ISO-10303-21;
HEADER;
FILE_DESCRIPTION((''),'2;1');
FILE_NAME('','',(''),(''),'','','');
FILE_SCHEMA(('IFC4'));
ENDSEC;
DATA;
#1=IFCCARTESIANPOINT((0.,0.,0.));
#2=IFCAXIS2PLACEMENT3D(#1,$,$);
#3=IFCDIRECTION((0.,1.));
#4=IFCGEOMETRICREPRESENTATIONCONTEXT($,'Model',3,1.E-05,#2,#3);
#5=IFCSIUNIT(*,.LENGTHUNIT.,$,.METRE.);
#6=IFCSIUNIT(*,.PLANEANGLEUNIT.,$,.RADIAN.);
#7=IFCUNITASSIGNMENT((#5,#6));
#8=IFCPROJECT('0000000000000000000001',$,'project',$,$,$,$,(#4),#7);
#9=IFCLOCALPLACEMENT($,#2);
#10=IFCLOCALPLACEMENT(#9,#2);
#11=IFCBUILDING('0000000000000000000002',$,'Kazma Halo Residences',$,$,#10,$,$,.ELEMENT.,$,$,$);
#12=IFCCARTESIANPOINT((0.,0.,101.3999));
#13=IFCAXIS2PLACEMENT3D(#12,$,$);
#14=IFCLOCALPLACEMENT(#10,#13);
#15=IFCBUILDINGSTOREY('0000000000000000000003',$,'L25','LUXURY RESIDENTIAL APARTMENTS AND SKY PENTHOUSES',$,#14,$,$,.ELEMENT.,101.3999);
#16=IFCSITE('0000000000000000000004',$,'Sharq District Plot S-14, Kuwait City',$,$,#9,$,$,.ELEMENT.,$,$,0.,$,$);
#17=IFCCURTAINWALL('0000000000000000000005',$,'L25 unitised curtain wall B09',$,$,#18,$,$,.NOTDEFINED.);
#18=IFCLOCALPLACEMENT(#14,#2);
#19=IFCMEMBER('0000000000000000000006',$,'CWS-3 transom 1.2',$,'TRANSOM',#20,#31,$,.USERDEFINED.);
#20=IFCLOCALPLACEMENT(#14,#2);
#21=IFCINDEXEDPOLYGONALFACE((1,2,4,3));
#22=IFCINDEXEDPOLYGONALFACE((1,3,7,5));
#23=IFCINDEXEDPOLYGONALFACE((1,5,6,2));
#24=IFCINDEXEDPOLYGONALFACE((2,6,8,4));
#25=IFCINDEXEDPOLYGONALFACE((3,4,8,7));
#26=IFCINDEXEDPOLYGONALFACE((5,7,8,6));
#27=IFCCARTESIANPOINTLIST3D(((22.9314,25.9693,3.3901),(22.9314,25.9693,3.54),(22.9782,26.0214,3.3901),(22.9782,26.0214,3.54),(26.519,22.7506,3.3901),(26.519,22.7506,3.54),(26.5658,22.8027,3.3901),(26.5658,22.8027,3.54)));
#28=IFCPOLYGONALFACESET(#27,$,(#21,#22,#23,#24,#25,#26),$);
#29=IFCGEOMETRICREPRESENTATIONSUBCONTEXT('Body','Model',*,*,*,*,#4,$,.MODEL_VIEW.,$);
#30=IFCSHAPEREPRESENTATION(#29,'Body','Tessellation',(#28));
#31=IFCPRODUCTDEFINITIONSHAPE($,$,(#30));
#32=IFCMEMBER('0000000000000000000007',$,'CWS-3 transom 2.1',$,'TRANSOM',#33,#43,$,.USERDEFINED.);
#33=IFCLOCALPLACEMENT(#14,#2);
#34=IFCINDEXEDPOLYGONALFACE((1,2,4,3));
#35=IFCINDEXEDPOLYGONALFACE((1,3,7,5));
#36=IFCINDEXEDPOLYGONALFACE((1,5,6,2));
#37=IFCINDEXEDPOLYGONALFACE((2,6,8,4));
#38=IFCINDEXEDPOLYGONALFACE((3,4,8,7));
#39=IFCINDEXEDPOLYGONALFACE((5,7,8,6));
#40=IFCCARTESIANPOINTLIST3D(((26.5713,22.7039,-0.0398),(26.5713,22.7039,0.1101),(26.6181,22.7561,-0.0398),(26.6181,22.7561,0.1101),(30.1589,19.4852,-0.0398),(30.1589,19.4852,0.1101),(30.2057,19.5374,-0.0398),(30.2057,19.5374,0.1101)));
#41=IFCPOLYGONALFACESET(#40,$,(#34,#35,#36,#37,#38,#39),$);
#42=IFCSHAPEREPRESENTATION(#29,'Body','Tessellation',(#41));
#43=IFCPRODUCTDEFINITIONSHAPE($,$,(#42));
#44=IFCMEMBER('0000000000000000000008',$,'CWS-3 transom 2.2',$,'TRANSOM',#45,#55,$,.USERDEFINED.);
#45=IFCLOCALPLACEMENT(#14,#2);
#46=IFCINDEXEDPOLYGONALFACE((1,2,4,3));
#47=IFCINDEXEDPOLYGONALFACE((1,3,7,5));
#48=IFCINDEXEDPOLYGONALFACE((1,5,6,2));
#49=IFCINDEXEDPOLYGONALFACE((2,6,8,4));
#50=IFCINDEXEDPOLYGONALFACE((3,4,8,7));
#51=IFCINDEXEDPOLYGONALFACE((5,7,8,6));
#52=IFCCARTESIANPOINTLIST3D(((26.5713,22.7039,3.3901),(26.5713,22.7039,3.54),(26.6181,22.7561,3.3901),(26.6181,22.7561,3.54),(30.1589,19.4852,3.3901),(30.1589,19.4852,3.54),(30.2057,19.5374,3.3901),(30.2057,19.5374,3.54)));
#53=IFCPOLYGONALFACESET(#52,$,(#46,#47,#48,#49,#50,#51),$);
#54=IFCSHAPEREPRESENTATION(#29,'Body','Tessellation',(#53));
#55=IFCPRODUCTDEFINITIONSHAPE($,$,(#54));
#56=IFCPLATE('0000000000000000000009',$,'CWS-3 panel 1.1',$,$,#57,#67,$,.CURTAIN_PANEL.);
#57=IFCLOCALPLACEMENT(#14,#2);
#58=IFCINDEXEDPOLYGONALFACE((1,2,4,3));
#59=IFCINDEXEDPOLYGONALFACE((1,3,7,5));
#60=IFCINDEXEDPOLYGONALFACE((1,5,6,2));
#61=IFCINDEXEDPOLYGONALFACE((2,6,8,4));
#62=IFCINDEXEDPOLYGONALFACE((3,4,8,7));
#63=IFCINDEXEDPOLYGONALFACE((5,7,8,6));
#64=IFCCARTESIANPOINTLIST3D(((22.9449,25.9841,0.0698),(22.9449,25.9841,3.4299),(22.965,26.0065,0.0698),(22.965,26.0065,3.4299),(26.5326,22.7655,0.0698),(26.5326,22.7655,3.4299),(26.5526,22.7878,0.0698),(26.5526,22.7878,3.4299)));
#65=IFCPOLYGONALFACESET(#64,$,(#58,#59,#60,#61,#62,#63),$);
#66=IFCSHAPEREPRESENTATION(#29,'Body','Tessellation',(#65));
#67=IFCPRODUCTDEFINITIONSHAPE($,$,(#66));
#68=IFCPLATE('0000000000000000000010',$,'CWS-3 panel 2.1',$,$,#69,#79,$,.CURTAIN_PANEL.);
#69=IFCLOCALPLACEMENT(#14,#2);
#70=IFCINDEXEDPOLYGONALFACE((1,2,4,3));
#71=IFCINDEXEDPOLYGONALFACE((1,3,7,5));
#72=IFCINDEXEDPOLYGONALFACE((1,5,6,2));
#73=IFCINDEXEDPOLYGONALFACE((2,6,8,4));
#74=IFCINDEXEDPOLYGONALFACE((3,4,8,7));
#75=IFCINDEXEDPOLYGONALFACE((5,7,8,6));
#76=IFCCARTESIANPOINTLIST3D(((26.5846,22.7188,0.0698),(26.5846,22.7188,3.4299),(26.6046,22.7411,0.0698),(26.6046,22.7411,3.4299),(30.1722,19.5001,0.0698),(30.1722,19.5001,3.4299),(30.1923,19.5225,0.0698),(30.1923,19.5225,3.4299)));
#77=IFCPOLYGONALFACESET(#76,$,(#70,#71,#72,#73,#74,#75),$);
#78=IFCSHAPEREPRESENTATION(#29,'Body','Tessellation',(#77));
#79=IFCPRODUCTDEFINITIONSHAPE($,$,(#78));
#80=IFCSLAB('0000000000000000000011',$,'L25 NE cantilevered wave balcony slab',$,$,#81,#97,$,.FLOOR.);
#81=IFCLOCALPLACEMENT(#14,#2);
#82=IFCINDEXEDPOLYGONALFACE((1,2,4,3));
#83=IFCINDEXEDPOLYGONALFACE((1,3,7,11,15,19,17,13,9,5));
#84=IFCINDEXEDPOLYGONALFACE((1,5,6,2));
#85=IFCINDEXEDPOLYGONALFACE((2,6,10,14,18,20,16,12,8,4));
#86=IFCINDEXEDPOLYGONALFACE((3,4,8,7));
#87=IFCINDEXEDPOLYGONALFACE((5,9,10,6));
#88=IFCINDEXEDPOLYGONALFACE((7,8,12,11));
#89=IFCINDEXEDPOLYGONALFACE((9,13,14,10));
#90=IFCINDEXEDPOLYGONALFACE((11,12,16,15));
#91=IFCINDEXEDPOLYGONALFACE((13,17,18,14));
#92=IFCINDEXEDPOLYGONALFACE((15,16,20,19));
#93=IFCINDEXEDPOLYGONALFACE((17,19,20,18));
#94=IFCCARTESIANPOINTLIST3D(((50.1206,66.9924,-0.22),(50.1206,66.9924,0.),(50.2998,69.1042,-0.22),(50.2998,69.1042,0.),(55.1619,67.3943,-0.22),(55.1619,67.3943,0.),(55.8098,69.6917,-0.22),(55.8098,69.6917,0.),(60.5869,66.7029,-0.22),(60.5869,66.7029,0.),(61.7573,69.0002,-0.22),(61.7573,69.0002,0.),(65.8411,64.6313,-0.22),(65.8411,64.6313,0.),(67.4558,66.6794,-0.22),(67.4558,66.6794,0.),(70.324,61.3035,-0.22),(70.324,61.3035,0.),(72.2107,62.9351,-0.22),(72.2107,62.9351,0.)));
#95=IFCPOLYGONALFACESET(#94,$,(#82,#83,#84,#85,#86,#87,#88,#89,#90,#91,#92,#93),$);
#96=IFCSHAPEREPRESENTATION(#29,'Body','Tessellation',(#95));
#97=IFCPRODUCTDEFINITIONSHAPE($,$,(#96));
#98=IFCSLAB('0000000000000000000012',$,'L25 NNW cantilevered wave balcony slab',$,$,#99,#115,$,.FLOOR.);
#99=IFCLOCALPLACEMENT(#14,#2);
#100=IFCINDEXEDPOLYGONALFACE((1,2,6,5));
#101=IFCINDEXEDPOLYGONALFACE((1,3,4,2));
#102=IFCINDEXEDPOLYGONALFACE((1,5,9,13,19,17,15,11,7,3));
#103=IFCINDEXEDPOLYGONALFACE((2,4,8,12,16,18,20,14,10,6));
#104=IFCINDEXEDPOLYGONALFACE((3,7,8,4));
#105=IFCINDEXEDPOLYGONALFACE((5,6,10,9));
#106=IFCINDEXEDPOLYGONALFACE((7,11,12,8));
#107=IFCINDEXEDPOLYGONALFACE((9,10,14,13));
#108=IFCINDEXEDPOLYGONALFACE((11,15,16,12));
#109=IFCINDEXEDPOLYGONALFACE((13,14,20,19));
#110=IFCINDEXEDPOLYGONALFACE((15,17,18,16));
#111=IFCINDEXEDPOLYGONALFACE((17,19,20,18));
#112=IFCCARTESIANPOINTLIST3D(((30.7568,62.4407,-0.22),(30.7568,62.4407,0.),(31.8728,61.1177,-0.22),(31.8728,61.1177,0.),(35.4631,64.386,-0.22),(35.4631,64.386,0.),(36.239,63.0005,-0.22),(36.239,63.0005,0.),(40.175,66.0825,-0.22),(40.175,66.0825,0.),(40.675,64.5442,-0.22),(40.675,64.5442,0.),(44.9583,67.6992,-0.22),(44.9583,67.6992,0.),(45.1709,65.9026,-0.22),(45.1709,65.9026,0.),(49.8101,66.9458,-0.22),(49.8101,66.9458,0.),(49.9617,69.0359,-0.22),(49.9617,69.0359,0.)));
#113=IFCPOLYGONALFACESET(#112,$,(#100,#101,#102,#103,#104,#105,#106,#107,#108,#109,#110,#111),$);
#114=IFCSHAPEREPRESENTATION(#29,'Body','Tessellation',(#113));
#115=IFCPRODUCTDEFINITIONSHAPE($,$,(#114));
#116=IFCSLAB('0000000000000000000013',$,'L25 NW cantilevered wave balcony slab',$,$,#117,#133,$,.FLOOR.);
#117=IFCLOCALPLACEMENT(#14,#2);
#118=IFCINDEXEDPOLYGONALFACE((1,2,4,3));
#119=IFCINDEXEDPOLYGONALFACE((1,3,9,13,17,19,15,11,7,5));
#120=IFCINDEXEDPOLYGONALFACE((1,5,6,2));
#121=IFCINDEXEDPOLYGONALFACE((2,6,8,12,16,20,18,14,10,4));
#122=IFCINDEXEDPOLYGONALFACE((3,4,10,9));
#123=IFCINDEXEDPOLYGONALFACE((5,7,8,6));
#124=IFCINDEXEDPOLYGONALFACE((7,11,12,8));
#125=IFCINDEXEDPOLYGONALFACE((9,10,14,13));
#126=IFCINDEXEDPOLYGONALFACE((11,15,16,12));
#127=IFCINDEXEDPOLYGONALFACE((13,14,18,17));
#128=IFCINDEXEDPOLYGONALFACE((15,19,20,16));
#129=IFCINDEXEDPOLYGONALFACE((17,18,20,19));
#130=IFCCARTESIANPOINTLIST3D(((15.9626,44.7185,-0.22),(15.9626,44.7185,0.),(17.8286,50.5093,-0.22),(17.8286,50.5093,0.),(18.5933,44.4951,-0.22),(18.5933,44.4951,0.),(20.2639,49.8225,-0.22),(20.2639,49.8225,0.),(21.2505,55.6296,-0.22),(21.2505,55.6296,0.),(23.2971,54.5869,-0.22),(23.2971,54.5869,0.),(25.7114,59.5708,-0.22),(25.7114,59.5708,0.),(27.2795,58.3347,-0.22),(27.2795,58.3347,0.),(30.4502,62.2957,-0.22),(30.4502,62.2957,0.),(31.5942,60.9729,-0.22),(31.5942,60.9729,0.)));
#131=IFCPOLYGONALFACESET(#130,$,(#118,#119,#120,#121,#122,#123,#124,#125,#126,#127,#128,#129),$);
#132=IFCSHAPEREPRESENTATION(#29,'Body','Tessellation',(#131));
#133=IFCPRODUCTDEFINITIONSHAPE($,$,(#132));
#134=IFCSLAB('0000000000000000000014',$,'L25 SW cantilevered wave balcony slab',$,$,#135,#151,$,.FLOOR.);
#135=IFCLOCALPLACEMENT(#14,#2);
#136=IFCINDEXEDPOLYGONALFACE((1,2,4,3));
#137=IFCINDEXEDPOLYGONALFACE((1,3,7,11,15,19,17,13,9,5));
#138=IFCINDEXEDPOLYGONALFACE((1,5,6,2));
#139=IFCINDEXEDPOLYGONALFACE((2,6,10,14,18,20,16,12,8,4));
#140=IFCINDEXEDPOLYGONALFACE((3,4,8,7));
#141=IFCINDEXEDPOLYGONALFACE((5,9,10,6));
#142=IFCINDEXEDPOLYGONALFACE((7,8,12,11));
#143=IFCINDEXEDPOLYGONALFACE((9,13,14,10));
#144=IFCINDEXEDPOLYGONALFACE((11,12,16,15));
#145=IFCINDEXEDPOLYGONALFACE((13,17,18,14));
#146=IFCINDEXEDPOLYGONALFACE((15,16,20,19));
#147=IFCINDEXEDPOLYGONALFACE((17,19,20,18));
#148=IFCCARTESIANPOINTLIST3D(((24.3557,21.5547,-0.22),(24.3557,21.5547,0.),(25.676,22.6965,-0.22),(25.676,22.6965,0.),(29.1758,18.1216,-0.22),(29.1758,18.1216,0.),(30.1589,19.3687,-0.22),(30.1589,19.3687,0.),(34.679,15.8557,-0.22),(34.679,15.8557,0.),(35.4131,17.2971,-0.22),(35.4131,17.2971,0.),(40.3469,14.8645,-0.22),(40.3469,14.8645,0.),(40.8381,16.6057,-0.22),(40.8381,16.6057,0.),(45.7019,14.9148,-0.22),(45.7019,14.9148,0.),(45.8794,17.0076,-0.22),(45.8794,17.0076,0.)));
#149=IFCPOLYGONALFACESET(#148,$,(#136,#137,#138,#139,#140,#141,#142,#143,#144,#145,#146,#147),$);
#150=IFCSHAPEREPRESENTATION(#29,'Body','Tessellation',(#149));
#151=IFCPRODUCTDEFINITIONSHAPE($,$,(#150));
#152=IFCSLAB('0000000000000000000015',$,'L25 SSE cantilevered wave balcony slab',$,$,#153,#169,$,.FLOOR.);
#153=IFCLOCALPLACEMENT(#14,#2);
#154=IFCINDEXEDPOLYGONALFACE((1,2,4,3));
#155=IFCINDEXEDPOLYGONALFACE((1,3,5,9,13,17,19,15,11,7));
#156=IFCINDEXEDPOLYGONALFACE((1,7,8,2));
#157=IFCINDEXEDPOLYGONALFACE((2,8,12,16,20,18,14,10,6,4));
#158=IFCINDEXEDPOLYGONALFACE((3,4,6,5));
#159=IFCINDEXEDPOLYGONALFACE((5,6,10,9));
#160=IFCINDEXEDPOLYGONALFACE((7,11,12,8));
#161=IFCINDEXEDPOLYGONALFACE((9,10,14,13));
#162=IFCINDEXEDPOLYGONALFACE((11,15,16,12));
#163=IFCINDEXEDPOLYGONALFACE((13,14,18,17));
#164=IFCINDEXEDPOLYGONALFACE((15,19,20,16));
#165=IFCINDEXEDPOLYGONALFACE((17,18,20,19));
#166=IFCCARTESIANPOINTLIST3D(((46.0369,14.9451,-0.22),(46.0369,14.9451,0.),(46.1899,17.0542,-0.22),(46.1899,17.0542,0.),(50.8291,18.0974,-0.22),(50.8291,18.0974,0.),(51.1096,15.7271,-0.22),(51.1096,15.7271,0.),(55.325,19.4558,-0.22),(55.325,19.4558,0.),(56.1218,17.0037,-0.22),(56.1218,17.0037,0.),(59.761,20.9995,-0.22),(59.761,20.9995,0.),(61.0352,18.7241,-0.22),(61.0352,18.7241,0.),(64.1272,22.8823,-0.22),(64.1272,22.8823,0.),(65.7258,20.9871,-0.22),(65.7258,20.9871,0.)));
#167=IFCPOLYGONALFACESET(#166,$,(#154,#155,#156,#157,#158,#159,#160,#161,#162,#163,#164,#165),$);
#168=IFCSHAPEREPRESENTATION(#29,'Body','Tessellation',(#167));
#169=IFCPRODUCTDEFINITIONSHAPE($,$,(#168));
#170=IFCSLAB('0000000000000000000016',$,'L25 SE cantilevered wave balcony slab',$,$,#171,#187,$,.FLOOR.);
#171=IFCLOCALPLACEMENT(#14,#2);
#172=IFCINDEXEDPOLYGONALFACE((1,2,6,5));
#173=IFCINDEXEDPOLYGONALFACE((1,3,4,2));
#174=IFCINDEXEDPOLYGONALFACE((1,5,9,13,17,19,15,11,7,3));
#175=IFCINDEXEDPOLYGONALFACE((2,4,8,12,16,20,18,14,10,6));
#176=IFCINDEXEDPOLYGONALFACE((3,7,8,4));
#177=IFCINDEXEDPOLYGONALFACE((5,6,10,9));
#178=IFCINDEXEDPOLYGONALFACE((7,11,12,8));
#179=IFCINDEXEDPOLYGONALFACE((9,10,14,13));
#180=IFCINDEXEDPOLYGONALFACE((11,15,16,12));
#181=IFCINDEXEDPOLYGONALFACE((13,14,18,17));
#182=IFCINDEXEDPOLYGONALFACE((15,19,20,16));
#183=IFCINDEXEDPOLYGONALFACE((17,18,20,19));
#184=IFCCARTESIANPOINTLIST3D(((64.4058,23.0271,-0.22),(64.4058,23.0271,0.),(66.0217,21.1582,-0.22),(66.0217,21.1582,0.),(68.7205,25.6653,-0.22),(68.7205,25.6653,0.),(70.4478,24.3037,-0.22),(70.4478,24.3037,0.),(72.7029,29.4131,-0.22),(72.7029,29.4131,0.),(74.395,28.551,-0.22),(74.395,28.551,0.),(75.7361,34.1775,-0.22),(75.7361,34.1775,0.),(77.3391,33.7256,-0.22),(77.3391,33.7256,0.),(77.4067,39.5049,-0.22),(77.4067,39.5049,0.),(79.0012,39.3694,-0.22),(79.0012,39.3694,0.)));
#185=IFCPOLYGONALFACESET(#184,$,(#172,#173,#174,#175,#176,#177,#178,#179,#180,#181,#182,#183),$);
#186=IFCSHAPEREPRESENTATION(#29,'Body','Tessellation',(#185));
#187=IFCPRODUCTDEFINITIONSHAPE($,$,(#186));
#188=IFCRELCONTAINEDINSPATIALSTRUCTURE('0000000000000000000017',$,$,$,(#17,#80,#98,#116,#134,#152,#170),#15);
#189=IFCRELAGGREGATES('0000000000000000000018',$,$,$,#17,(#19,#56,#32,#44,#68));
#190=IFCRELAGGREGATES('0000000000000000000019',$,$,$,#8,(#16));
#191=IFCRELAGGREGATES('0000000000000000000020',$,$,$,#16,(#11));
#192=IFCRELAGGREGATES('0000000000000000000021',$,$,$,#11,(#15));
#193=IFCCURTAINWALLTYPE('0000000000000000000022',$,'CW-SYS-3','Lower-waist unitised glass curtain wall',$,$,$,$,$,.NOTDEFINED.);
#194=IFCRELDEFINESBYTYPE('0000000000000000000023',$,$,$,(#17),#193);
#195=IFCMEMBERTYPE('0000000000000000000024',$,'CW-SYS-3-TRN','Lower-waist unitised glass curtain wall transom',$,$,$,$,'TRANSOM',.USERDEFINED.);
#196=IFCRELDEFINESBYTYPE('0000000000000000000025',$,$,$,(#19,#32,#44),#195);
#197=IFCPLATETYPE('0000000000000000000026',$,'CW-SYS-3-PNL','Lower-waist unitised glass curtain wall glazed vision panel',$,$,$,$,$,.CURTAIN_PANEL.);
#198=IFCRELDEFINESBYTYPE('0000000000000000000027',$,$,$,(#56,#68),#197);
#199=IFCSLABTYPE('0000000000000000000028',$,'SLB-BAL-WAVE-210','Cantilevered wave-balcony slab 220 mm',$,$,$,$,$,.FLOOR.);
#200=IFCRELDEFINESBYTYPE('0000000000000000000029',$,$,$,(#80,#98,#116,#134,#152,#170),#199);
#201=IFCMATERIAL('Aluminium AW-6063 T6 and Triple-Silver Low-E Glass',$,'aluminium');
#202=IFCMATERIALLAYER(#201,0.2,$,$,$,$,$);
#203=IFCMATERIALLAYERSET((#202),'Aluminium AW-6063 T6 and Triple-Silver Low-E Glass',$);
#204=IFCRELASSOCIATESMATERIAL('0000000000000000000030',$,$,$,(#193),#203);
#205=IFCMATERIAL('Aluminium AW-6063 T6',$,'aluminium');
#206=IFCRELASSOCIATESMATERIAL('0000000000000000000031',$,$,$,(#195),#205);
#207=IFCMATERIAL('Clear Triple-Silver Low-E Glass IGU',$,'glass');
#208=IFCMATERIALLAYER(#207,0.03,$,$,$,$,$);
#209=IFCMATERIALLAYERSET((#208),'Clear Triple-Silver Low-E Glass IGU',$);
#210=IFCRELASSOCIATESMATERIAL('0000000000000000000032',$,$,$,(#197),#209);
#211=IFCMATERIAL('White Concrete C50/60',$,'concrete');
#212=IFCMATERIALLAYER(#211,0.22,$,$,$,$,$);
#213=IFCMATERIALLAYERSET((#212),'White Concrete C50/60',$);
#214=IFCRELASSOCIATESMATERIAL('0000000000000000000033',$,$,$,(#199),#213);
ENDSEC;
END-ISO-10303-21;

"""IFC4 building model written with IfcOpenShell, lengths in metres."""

from ifc_helpers import new_model, si_unit, direction, frame, origin, origin_2d, place, context, subcontext, project, spatial, polyline, rectangle, outline, extrude, material, layer, layer_set, material_profile, profile_set, type_object, element, aggregate, save


model = new_model("IFC4")

# Units and contexts
model_context = context("Model", 3, precision=1e-05, world=origin(), true_north=direction((0.0, 1.0)))
body_context = subcontext(model_context, "Body", "Model", "MODEL_VIEW")
ifc_project = project(units=[si_unit("LENGTHUNIT", "METRE"), si_unit("PLANEANGLEUNIT", "RADIAN")], contexts=[model_context])

# Site, building, storey
site_placement = place(None, origin())
site = spatial("IfcSite", under=ifc_project, at=site_placement, Name="Sharq District Plot S-14, Kuwait City", CompositionType="ELEMENT", RefElevation=0.0)
building_placement = place(site_placement, origin())
building = spatial("IfcBuilding", under=site, at=building_placement, Name="Kazma Halo Residences", CompositionType="ELEMENT")
storey_placement = place(building_placement, frame((0.0, 0.0, 101.3999)))
storey = spatial("IfcBuildingStorey", under=building, at=storey_placement, Name="L25", Description="LUXURY RESIDENTIAL APARTMENTS AND SKY PENTHOUSES", CompositionType="ELEMENT", Elevation=101.3999)

# Curtain wall, members, plates
ifc_material_1 = material(Name="Aluminium AW-6063 T6 and Triple-Silver Low-E Glass", Category="aluminium")
ifc_layer_1 = layer(ifc_material_1, 0.2)
ifc_layer_set_1 = layer_set([ifc_layer_1], Name="Aluminium AW-6063 T6 and Triple-Silver Low-E Glass")
curtain_wall_type = type_object("IfcCurtainWallType", Name="CW-SYS-3", Description="Lower-waist unitised glass curtain wall", PredefinedType="NOTDEFINED", material=ifc_layer_set_1)
curtain_wall_placement = place(storey_placement, origin())
curtain_wall = element("IfcCurtainWall", 1, at=curtain_wall_placement, inside=storey, type_object=curtain_wall_type, Name="L25 unitised curtain wall B09", PredefinedType="NOTDEFINED")
ifc_material_2 = material(Name="Aluminium AW-6063 T6", Category="aluminium")
ifc_material_profile_1 = material_profile(ifc_material_2, rectangle(XDim=0.0701, YDim=0.1499, at=origin_2d()), Name="CWT-70x150")
ifc_profile_set_1 = profile_set([ifc_material_profile_1], Name="Aluminium AW-6063 T6")
member_type_1 = type_object("IfcMemberType", Name="CW-SYS-3-TRN", Description="Lower-waist unitised glass curtain wall transom", ElementType="TRANSOM", PredefinedType="USERDEFINED", material=ifc_profile_set_1)
member_1_placement = place(storey_placement, frame((22.9548, 25.9954, 3.4651), z_axis=(0.744338, -0.667803, 0.0), x_axis=(0.667803, 0.744338, 0.0)))
member_1 = element("IfcMember", 2, at=member_1_placement, type_object=member_type_1, Name="CWS-3 transom 1.2", ObjectType="TRANSOM", PredefinedType="USERDEFINED", context=body_context, shape_type="SweptSolid", body=[
    extrude(rectangle(XDim=0.0701, YDim=0.1499, at=origin_2d()), origin(), (0.0, 0.0, 1.0), 4.8198),
])
member_2_placement = place(storey_placement, frame((26.5947, 22.73, 0.0352), z_axis=(0.744338, -0.667803, 0.0), x_axis=(0.667803, 0.744338, 0.0)))
member_2 = element("IfcMember", 3, at=member_2_placement, type_object=member_type_1, Name="CWS-3 transom 2.1", ObjectType="TRANSOM", PredefinedType="USERDEFINED", context=body_context, shape_type="SweptSolid", body=[
    extrude(rectangle(XDim=0.0701, YDim=0.1499, at=origin_2d()), origin(), (0.0, 0.0, 1.0), 4.8198),
])
member_3_placement = place(storey_placement, frame((26.5947, 22.73, 3.4651), z_axis=(0.744338, -0.667803, 0.0), x_axis=(0.667803, 0.744338, 0.0)))
member_3 = element("IfcMember", 4, at=member_3_placement, type_object=member_type_1, Name="CWS-3 transom 2.2", ObjectType="TRANSOM", PredefinedType="USERDEFINED", context=body_context, shape_type="SweptSolid", body=[
    extrude(rectangle(XDim=0.0701, YDim=0.1499, at=origin_2d()), origin(), (0.0, 0.0, 1.0), 4.8198),
])
ifc_material_3 = material(Name="Clear Triple-Silver Low-E Glass IGU", Category="glass")
ifc_layer_2 = layer(ifc_material_3, 0.03)
ifc_layer_set_2 = layer_set([ifc_layer_2], Name="Clear Triple-Silver Low-E Glass IGU")
plate_type = type_object("IfcPlateType", Name="CW-SYS-3-PNL", Description="Lower-waist unitised glass curtain wall glazed vision panel", PredefinedType="CURTAIN_PANEL", material=ifc_layer_set_2)
plate_1_placement = place(storey_placement, frame((24.7488, 24.386, 0.0698), z_axis=(0.0, 0.0, 1.0), x_axis=(0.744345, -0.667795, 0.0)))
plate_1 = element("IfcPlate", 5, at=plate_1_placement, type_object=plate_type, Name="CWS-3 panel 1.1", PredefinedType="CURTAIN_PANEL", context=body_context, shape_type="SweptSolid", body=[
    extrude(rectangle(XDim=4.8198, YDim=0.03, at=origin_2d()), origin(), (0.0, 0.0, 1.0), 3.3601),
])
plate_2_placement = place(storey_placement, frame((28.3884, 21.1206, 0.0698), z_axis=(0.0, 0.0, 1.0), x_axis=(0.744345, -0.667795, 0.0)))
plate_2 = element("IfcPlate", 6, at=plate_2_placement, type_object=plate_type, Name="CWS-3 panel 2.1", PredefinedType="CURTAIN_PANEL", context=body_context, shape_type="SweptSolid", body=[
    extrude(rectangle(XDim=4.8198, YDim=0.03, at=origin_2d()), origin(), (0.0, 0.0, 1.0), 3.3601),
])
aggregate(curtain_wall, [member_1, plate_1, member_2, member_3, plate_2])

# Slabs
ifc_material_4 = material(Name="White Concrete C50/60", Category="concrete")
ifc_layer_3 = layer(ifc_material_4, 0.22)
ifc_layer_set_3 = layer_set([ifc_layer_3], Name="White Concrete C50/60")
slab_type_1 = type_object("IfcSlabType", Name="SLB-BAL-WAVE-210", Description="Cantilevered wave-balcony slab 220 mm", PredefinedType="FLOOR", material=ifc_layer_set_3)
slab_1_placement = place(storey_placement, frame((0.0, 0.0, -0.22)))
element("IfcSlab", 7, at=slab_1_placement, inside=storey, type_object=slab_type_1, Name="L25 NE cantilevered wave balcony slab", PredefinedType="FLOOR", context=body_context, shape_type="SweptSolid", body=[
    extrude(outline(polyline([(70.324, 61.3035), (65.8411, 64.6313), (60.5869, 66.7029), (55.1619, 67.3943), (50.1206, 66.9924), (50.2998, 69.1042), (55.8098, 69.6917), (61.7573, 69.0002), (67.4558, 66.6794), (72.2107, 62.9351), (70.324, 61.3035)])), origin(), (0.0, 0.0, 1.0), 0.22),
])
slab_2_placement = place(storey_placement, frame((0.0, 0.0, -0.22)))
element("IfcSlab", 8, at=slab_2_placement, inside=storey, type_object=slab_type_1, Name="L25 NNW cantilevered wave balcony slab", PredefinedType="FLOOR", context=body_context, shape_type="SweptSolid", body=[
    extrude(outline(polyline([(49.8101, 66.9458), (45.1709, 65.9026), (40.675, 64.5442), (36.239, 63.0005), (31.8728, 61.1177), (30.7568, 62.4407), (35.4631, 64.386), (40.175, 66.0825), (44.9583, 67.6992), (49.9617, 69.0359), (49.8101, 66.9458)])), origin(), (0.0, 0.0, 1.0), 0.22),
])
slab_3_placement = place(storey_placement, frame((0.0, 0.0, -0.22)))
element("IfcSlab", 9, at=slab_3_placement, inside=storey, type_object=slab_type_1, Name="L25 NW cantilevered wave balcony slab", PredefinedType="FLOOR", context=body_context, shape_type="SweptSolid", body=[
    extrude(outline(polyline([(31.5942, 60.9729), (27.2795, 58.3347), (23.2971, 54.5869), (20.2639, 49.8225), (18.5933, 44.4951), (15.9626, 44.7185), (17.8286, 50.5093), (21.2505, 55.6296), (25.7114, 59.5708), (30.4502, 62.2957), (31.5942, 60.9729)])), origin(), (0.0, 0.0, 1.0), 0.22),
])
slab_4_placement = place(storey_placement, frame((0.0, 0.0, -0.22)))
element("IfcSlab", 10, at=slab_4_placement, inside=storey, type_object=slab_type_1, Name="L25 SW cantilevered wave balcony slab", PredefinedType="FLOOR", context=body_context, shape_type="SweptSolid", body=[
    extrude(outline(polyline([(25.676, 22.6965), (30.1589, 19.3687), (35.4131, 17.2971), (40.8381, 16.6057), (45.8794, 17.0076), (45.7019, 14.9148), (40.3469, 14.8645), (34.679, 15.8557), (29.1758, 18.1216), (24.3557, 21.5547), (25.676, 22.6965)])), origin(), (0.0, 0.0, 1.0), 0.22),
])
slab_5_placement = place(storey_placement, frame((0.0, 0.0, -0.22)))
element("IfcSlab", 11, at=slab_5_placement, inside=storey, type_object=slab_type_1, Name="L25 SSE cantilevered wave balcony slab", PredefinedType="FLOOR", context=body_context, shape_type="SweptSolid", body=[
    extrude(outline(polyline([(46.1899, 17.0542), (50.8291, 18.0974), (55.325, 19.4558), (59.761, 20.9995), (64.1272, 22.8823), (65.7258, 20.9871), (61.0352, 18.7241), (56.1218, 17.0037), (51.1096, 15.7271), (46.0369, 14.9451), (46.1899, 17.0542)])), origin(), (0.0, 0.0, 1.0), 0.22),
])
slab_6_placement = place(storey_placement, frame((0.0, 0.0, -0.22)))
element("IfcSlab", 12, at=slab_6_placement, inside=storey, type_object=slab_type_1, Name="L25 SE cantilevered wave balcony slab", PredefinedType="FLOOR", context=body_context, shape_type="SweptSolid", body=[
    extrude(outline(polyline([(64.4058, 23.0271), (68.7205, 25.6653), (72.7029, 29.4131), (75.7361, 34.1775), (77.4067, 39.5049), (79.0012, 39.3694), (77.3391, 33.7256), (74.395, 28.551), (70.4478, 24.3037), (66.0217, 21.1582), (64.4058, 23.0271)])), origin(), (0.0, 0.0, 1.0), 0.22),
])

save(model, "model.ifc")
